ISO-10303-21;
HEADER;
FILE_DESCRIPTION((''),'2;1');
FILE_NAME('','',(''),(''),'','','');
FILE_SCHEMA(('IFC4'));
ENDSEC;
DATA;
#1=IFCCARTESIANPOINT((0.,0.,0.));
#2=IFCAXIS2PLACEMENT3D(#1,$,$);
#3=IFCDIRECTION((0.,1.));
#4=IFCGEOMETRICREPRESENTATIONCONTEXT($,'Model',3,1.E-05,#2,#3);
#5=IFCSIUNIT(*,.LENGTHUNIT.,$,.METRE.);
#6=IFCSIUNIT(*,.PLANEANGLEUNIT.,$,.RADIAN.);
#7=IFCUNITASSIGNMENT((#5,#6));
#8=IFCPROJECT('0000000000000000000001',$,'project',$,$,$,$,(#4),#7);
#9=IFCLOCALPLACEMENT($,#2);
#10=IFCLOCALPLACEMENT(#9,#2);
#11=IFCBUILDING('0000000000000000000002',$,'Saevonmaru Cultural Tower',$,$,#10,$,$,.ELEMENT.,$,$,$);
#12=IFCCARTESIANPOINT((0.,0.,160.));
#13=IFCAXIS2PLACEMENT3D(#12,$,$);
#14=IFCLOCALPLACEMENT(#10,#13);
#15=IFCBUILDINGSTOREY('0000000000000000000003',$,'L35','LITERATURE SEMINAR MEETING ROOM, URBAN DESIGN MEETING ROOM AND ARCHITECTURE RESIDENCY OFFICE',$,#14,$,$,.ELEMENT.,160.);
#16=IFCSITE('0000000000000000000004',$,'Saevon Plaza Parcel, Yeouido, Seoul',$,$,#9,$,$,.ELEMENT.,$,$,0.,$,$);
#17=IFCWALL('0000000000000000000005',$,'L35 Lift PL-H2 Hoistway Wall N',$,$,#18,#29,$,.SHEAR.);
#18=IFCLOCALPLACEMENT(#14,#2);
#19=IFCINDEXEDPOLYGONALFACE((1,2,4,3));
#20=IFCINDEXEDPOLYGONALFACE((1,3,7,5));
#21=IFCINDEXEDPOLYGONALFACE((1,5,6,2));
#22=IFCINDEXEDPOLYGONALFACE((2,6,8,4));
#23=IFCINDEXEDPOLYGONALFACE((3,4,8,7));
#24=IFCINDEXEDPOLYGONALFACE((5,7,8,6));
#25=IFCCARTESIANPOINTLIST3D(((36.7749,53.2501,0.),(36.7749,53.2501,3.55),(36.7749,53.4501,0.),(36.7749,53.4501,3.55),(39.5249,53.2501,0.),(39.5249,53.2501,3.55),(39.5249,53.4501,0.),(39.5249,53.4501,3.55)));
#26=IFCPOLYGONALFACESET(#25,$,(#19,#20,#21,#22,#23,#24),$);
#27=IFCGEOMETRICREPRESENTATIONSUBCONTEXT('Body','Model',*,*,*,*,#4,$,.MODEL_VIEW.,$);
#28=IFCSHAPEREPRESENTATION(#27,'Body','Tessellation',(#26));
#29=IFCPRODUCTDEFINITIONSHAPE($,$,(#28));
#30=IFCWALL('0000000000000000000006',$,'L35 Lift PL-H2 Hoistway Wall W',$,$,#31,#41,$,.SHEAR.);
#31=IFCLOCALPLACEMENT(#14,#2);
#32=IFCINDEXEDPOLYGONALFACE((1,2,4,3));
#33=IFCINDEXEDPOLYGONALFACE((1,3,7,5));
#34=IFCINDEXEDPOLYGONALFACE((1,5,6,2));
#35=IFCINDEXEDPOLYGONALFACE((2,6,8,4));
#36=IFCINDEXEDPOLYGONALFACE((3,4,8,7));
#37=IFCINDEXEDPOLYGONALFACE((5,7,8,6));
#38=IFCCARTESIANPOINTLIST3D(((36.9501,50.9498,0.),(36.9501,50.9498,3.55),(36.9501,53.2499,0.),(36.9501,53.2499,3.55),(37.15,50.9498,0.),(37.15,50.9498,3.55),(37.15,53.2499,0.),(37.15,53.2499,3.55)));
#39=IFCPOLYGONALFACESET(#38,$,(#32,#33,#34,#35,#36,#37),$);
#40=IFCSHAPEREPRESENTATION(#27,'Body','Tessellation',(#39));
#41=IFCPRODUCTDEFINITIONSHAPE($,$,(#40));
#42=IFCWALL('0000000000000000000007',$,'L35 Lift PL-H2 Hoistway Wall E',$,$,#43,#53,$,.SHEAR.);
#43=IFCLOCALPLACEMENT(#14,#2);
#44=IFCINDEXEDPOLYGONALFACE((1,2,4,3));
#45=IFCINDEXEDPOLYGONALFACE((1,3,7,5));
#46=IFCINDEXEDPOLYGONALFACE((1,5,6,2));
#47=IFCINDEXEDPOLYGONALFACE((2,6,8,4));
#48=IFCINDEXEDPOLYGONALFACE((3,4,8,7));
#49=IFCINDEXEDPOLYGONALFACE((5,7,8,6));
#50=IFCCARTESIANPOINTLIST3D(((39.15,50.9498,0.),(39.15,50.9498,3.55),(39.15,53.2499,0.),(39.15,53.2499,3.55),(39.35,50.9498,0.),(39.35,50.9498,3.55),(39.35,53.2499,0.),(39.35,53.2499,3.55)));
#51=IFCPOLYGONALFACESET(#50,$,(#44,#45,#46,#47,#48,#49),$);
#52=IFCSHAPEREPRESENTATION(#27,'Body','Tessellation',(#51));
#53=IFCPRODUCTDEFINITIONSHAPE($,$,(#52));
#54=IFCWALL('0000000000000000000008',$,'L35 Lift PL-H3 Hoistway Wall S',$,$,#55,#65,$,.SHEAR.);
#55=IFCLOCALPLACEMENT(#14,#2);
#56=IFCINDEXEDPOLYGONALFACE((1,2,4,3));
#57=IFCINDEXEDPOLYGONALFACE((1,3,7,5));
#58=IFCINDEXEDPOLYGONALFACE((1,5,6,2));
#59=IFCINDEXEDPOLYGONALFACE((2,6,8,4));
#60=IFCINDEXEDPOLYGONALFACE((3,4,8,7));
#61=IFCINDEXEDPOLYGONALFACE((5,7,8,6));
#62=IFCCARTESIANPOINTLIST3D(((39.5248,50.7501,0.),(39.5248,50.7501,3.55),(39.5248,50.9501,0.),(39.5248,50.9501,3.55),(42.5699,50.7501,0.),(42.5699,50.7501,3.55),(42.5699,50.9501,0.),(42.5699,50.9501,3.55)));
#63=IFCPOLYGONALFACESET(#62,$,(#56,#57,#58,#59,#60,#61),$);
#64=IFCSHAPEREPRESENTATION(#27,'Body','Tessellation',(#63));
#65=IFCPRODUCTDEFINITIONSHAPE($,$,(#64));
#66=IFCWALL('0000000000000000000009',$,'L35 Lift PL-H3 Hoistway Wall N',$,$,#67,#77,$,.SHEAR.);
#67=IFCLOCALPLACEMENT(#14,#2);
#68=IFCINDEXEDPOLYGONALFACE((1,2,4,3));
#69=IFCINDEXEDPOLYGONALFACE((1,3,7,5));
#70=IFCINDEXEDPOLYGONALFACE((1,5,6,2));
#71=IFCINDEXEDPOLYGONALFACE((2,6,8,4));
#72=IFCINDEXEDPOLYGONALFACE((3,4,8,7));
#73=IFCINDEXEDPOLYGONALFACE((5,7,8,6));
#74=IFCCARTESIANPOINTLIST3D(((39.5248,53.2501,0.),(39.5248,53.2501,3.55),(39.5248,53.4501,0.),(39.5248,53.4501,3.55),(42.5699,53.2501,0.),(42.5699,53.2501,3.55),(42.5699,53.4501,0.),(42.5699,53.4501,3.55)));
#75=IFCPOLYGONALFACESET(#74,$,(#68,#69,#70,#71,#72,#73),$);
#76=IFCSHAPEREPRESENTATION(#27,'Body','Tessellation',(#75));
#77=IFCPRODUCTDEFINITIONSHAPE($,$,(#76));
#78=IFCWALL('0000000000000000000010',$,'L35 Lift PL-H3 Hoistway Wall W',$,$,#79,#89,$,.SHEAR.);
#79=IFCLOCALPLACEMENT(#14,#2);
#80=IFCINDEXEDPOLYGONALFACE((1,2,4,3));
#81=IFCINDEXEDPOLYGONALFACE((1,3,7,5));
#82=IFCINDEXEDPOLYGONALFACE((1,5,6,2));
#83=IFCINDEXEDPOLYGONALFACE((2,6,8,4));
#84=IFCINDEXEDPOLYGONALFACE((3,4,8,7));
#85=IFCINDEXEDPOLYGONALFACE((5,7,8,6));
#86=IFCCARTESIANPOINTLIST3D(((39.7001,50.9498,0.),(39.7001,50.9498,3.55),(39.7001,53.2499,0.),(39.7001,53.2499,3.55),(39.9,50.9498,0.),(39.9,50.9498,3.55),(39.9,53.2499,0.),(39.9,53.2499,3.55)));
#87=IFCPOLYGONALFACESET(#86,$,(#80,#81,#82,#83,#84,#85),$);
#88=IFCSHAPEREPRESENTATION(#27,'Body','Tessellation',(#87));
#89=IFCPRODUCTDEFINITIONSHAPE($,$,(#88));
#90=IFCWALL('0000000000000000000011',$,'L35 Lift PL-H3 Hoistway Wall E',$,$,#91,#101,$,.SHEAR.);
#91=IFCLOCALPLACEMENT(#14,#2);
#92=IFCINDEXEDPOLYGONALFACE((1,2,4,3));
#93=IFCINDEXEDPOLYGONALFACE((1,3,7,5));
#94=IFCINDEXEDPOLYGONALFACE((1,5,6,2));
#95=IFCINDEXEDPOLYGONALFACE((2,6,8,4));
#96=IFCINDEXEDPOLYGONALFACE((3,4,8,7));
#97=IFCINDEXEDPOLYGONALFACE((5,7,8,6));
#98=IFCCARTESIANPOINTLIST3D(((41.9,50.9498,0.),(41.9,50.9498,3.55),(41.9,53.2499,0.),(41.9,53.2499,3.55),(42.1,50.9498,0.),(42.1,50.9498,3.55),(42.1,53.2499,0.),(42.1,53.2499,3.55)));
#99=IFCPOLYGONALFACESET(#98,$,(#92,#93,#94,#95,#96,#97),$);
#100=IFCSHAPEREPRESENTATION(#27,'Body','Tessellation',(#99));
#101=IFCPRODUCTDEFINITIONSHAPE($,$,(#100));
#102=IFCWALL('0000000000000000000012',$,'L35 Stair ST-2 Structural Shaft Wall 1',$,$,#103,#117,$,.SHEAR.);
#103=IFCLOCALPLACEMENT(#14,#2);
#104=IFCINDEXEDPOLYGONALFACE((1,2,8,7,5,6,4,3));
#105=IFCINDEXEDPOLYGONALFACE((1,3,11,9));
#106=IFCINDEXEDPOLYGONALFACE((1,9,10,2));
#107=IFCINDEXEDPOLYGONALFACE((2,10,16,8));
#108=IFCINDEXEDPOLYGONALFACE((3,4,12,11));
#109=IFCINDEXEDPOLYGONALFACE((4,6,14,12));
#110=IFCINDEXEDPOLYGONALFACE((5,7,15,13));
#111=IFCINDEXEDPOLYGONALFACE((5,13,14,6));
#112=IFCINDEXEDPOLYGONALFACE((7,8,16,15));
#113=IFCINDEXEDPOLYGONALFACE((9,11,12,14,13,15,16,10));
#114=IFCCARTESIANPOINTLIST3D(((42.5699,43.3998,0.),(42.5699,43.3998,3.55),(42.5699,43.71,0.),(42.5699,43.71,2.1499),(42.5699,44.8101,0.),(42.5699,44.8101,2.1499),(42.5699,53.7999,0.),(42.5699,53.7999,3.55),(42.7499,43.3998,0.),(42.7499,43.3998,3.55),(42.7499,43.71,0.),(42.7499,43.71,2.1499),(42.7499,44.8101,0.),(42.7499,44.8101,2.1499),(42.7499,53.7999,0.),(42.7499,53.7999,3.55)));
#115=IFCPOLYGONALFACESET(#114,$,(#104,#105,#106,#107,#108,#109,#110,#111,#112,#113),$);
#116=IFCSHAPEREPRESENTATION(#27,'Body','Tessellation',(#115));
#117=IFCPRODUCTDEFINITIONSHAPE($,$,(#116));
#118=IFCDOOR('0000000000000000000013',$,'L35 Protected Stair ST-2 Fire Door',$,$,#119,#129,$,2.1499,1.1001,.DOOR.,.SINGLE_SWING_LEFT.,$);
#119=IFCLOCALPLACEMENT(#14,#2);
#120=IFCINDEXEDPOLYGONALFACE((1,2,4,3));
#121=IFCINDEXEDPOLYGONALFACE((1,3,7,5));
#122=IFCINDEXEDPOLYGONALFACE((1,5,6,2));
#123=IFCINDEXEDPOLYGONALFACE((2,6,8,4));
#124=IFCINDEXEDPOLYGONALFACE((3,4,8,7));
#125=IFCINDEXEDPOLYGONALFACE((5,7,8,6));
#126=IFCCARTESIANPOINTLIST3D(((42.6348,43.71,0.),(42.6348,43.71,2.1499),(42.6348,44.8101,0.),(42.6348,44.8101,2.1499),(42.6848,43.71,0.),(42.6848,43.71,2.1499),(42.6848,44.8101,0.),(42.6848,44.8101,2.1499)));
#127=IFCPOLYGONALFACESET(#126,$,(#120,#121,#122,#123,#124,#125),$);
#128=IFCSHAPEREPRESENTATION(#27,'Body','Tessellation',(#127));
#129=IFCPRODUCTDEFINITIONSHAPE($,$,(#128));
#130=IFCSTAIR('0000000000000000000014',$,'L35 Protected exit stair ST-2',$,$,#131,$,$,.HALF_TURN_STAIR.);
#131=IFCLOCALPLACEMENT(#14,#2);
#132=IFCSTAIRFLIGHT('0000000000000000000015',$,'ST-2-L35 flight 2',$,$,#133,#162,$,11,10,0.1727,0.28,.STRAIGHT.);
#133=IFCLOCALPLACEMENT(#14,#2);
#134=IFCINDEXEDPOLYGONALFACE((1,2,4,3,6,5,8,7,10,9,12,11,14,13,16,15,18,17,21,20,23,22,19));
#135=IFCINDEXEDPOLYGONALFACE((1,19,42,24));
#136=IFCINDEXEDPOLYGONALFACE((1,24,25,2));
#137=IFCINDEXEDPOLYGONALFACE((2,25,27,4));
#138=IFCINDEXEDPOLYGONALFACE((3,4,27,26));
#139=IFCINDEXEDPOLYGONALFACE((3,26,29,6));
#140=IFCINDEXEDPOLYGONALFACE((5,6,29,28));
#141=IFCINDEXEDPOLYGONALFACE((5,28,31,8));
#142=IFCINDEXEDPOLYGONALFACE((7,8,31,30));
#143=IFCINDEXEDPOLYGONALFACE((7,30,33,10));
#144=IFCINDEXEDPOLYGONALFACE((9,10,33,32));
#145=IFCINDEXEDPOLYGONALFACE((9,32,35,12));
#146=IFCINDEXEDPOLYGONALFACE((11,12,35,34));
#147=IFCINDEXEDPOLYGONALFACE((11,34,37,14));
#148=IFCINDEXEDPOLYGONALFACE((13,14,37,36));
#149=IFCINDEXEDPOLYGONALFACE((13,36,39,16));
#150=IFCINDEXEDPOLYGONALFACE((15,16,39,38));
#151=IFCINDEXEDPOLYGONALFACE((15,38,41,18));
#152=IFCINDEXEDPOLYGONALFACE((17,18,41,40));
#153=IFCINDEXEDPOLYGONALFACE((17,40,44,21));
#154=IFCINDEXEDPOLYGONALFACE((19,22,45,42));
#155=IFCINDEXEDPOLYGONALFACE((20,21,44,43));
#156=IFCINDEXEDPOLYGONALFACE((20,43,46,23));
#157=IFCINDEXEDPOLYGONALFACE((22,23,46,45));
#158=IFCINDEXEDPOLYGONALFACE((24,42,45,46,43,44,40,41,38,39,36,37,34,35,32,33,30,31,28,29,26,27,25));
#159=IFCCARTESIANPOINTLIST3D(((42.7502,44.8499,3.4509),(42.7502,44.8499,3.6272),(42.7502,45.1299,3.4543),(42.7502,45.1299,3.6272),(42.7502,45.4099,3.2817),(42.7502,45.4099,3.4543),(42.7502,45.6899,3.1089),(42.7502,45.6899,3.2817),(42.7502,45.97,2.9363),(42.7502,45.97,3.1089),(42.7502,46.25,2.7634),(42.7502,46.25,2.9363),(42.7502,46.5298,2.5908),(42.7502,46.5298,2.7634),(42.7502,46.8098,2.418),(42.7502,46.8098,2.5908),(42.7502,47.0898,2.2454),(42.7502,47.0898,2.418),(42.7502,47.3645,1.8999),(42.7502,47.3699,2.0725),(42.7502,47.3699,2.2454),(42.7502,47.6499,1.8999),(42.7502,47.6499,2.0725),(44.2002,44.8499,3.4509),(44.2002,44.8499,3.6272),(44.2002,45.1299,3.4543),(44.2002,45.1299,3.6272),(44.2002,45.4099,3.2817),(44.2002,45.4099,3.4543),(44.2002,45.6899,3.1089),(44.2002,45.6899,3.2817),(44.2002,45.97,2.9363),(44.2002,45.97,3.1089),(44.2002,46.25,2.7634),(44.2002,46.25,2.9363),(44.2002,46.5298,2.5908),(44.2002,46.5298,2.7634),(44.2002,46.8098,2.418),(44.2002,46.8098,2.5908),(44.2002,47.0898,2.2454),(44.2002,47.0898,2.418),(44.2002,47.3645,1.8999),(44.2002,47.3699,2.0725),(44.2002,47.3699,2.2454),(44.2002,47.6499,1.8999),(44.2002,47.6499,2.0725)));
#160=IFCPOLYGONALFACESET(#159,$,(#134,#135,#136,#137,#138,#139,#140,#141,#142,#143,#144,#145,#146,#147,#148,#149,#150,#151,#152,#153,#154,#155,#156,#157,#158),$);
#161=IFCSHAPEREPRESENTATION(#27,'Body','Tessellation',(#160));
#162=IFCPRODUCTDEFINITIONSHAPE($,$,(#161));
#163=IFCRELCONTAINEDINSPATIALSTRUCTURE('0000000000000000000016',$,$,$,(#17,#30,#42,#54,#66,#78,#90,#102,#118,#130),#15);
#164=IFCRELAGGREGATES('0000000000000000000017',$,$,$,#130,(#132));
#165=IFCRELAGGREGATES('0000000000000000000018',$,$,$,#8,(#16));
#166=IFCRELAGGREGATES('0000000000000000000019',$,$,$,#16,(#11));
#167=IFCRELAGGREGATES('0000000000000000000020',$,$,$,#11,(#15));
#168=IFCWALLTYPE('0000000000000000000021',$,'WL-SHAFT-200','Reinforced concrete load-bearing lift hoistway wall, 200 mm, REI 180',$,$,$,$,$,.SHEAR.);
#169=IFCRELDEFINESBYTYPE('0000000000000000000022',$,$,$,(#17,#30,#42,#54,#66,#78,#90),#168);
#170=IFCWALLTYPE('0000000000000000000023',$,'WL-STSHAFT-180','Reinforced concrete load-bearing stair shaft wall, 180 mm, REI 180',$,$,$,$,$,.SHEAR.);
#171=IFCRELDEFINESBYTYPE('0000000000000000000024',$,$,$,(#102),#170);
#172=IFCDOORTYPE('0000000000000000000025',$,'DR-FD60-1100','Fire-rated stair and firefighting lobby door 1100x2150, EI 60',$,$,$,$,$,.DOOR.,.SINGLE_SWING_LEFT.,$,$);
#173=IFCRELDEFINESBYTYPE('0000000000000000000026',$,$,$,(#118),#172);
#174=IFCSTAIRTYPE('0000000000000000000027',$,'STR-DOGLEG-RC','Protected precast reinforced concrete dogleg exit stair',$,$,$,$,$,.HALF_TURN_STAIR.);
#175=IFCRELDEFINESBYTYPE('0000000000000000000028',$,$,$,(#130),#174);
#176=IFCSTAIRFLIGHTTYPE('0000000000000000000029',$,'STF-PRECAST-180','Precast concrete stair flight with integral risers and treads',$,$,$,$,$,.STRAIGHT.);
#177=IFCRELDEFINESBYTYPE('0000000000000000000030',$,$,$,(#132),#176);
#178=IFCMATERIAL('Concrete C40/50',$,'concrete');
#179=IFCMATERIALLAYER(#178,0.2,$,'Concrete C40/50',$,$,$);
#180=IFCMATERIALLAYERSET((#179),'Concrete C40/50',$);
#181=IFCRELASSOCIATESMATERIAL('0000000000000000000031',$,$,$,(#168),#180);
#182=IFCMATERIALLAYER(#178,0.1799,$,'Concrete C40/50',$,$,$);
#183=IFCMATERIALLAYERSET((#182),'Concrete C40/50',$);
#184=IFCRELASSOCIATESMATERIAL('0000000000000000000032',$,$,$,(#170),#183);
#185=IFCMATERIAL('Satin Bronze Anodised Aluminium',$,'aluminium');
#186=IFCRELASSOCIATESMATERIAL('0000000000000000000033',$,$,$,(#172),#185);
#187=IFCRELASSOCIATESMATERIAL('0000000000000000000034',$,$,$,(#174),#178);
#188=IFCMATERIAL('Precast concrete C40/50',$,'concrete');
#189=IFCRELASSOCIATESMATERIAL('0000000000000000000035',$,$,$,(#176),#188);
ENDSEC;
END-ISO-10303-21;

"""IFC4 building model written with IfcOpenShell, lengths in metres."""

from ifc_helpers import new_model, si_unit, direction, frame, frame_2d, origin, place, context, subcontext, project, spatial, polyline, rectangle, outline, extrude, material, layer, layer_set, type_object, element, fill, aggregate, save


model = new_model("IFC4")

# Units and contexts
model_context = context("Model", 3, precision=1e-05, world=origin(), true_north=direction((0.0, 1.0)))
body_context = subcontext(model_context, "Body", "Model", "MODEL_VIEW")
ifc_project = project(units=[si_unit("LENGTHUNIT", "METRE"), si_unit("PLANEANGLEUNIT", "RADIAN")], contexts=[model_context])

# Site, building, storey
site_placement = place(None, origin())
site = spatial("IfcSite", under=ifc_project, at=site_placement, Name="Saevon Plaza Parcel, Yeouido, Seoul", CompositionType="ELEMENT", RefElevation=0.0)
building_placement = place(site_placement, origin())
building = spatial("IfcBuilding", under=site, at=building_placement, Name="Saevonmaru Cultural Tower", CompositionType="ELEMENT")
storey_placement = place(building_placement, frame((0.0, 0.0, 160.0)))
storey = spatial("IfcBuildingStorey", under=building, at=storey_placement, Name="L35", Description="LITERATURE SEMINAR MEETING ROOM, URBAN DESIGN MEETING ROOM AND ARCHITECTURE RESIDENCY OFFICE", CompositionType="ELEMENT", Elevation=160.0)

# Shared definitions
ifc_material_1 = material(Name="Satin Bronze Anodised Aluminium", Category="aluminium")

# Walls
ifc_material_2 = material(Name="Concrete C40/50", Category="concrete")
ifc_layer_1 = layer(ifc_material_2, 0.2, Name="Concrete C40/50")
ifc_layer_set_1 = layer_set([ifc_layer_1], Name="Concrete C40/50")
wall_type_1 = type_object("IfcWallType", Name="WL-SHAFT-200", Description="Reinforced concrete load-bearing lift hoistway wall, 200 mm, REI 180", PredefinedType="SHEAR", material=ifc_layer_set_1)
for number, where, z_axis, x_axis, name in (
    (1, (36.7749, 53.3501, 0.0), (0.0, 0.0, 1.0), (1.0, 0.0, 0.0), "L35 Lift PL-H2 Hoistway Wall N"),
):
    element("IfcWall", number, at=place(storey_placement, frame(where, z_axis=z_axis, x_axis=x_axis)), inside=storey, type_object=wall_type_1, Name=name, PredefinedType="SHEAR", context=body_context, shape_type="SweptSolid", body=[
        extrude(rectangle(XDim=2.75, YDim=0.2, at=frame_2d((1.375, 0.0))), origin(), (0.0, 0.0, 1.0), 3.55),
    ])
for number, where, z_axis, x_axis, name in (
    (2, (37.05, 50.95, 0.0), (0.0, 0.0, 1.0), (0.0, 1.0, 0.0), "L35 Lift PL-H2 Hoistway Wall W"),
    (3, (39.25, 50.95, 0.0), (0.0, 0.0, 1.0), (0.0, 1.0, 0.0), "L35 Lift PL-H2 Hoistway Wall E"),
):
    element("IfcWall", number, at=place(storey_placement, frame(where, z_axis=z_axis, x_axis=x_axis)), inside=storey, type_object=wall_type_1, Name=name, PredefinedType="SHEAR", context=body_context, shape_type="SweptSolid", body=[
        extrude(rectangle(XDim=2.3, YDim=0.2, at=frame_2d((1.1499, 0.0))), origin(), (0.0, 0.0, 1.0), 3.55),
    ])
for number, where, z_axis, x_axis, name in (
    (4, (39.5249, 50.8501, 0.0), (0.0, 0.0, 1.0), (1.0, 0.0, 0.0), "L35 Lift PL-H3 Hoistway Wall S"),
    (5, (39.5249, 53.3501, 0.0), (0.0, 0.0, 1.0), (1.0, 0.0, 0.0), "L35 Lift PL-H3 Hoistway Wall N"),
):
    element("IfcWall", number, at=place(storey_placement, frame(where, z_axis=z_axis, x_axis=x_axis)), inside=storey, type_object=wall_type_1, Name=name, PredefinedType="SHEAR", context=body_context, shape_type="SweptSolid", body=[
        extrude(rectangle(XDim=3.0452, YDim=0.2, at=frame_2d((1.5225, 0.0))), origin(), (0.0, 0.0, 1.0), 3.55),
    ])
for number, where, z_axis, x_axis, name in (
    (6, (39.8, 50.95, 0.0), (0.0, 0.0, 1.0), (0.0, 1.0, 0.0), "L35 Lift PL-H3 Hoistway Wall W"),
    (7, (42.0, 50.95, 0.0), (0.0, 0.0, 1.0), (0.0, 1.0, 0.0), "L35 Lift PL-H3 Hoistway Wall E"),
):
    element("IfcWall", number, at=place(storey_placement, frame(where, z_axis=z_axis, x_axis=x_axis)), inside=storey, type_object=wall_type_1, Name=name, PredefinedType="SHEAR", context=body_context, shape_type="SweptSolid", body=[
        extrude(rectangle(XDim=2.3, YDim=0.2, at=frame_2d((1.1499, 0.0))), origin(), (0.0, 0.0, 1.0), 3.55),
    ])

# Wall, opening, door
ifc_layer_2 = layer(ifc_material_2, 0.1799, Name="Concrete C40/50")
ifc_layer_set_2 = layer_set([ifc_layer_2], Name="Concrete C40/50")
wall_type_2 = type_object("IfcWallType", Name="WL-STSHAFT-180", Description="Reinforced concrete load-bearing stair shaft wall, 180 mm, REI 180", PredefinedType="SHEAR", material=ifc_layer_set_2)
wall_1_placement = place(storey_placement, frame((42.6599, 53.8, 0.0), z_axis=(0.0, 0.0, 1.0), x_axis=(0.0, -1.0, 0.0)))
wall_1 = element("IfcWall", 8, at=wall_1_placement, inside=storey, type_object=wall_type_2, Name="L35 Stair ST-2 Structural Shaft Wall 1", PredefinedType="SHEAR", context=body_context, shape_type="SweptSolid", body=[
    extrude(rectangle(XDim=10.4001, YDim=0.1799, at=frame_2d((5.2002, 0.0))), origin(), (0.0, 0.0, 1.0), 3.55),
])
opening_placement = place(wall_1_placement, frame((8.99, 0.0, 0.0)))
opening = element("IfcOpeningElement", 9, at=opening_placement, cuts=wall_1, PredefinedType="OPENING", context=body_context, shape_type="SweptSolid", body=[
    extrude(rectangle(XDim=1.1001, YDim=2.1499, at=frame_2d((0.55, 1.075))), frame((0.0, 0.1001, 0.0), z_axis=(0.0, -1.0, 0.0), x_axis=(1.0, 0.0, 0.0)), (0.0, 0.0, 1.0), 0.2),
])
door_type = type_object("IfcDoorType", Name="DR-FD60-1100", Description="Fire-rated stair and firefighting lobby door 1100x2150, EI 60", OperationType="SINGLE_SWING_LEFT", PredefinedType="DOOR", material=ifc_material_1)
door_placement = place(opening_placement, origin())
door = element("IfcDoor", 10, at=door_placement, inside=storey, type_object=door_type, Name="L35 Protected Stair ST-2 Fire Door", OperationType="SINGLE_SWING_LEFT", OverallHeight=2.1499, OverallWidth=1.1001, PredefinedType="DOOR", context=body_context, shape_type="SweptSolid", body=[
    extrude(rectangle(XDim=1.1001, YDim=2.1499, at=frame_2d((0.55, 1.075))), frame((0.0, 0.0249, 0.0), z_axis=(0.0, -1.0, 0.0), x_axis=(1.0, 0.0, 0.0)), (0.0, 0.0, 1.0), 0.05),
])
fill(opening, door)

# Stair, stair flight
stair_type = type_object("IfcStairType", Name="STR-DOGLEG-RC", Description="Protected precast reinforced concrete dogleg exit stair", PredefinedType="HALF_TURN_STAIR", material=ifc_material_2)
stair_placement = place(storey_placement, origin())
stair = element("IfcStair", 11, at=stair_placement, inside=storey, type_object=stair_type, Name="L35 Protected exit stair ST-2", PredefinedType="HALF_TURN_STAIR")
ifc_material_3 = material(Name="Precast concrete C40/50", Category="concrete")
stair_flight_type = type_object("IfcStairFlightType", Name="STF-PRECAST-180", Description="Precast concrete stair flight with integral risers and treads", PredefinedType="STRAIGHT", material=ifc_material_3)
stair_flight_placement = place(storey_placement, frame((43.4751, 47.6499, 1.8999), z_axis=(0.0, 0.0, 1.0), x_axis=(0.0, -1.0, 0.0)))
stair_flight = element("IfcStairFlight", 12, at=stair_flight_placement, type_object=stair_flight_type, Name="ST-2-L35 flight 2", NumberOfRisers=11, NumberOfTreads=10, PredefinedType="STRAIGHT", RiserHeight=0.1727, TreadLength=0.28, context=body_context, shape_type="SweptSolid", body=[
    extrude(outline(polyline([(0.0, 0.0), (0.0, 0.1726), (0.28, 0.1726), (0.28, 0.3455), (0.5601, 0.3455), (0.5601, 0.5181), (0.8401, 0.5181), (0.8401, 0.6909), (1.1201, 0.6909), (1.1201, 0.8635), (1.3999, 0.8635), (1.3999, 1.0364), (1.6799, 1.0364), (1.6799, 1.209), (1.96, 1.209), (1.96, 1.3818), (2.24, 1.3818), (2.24, 1.5544), (2.52, 1.5544), (2.52, 1.7273), (2.8, 1.7273), (2.8, 1.8999), (2.8, 1.551), (0.2854, 0.0), (0.0, 0.0)])), frame((0.0, 0.7251, 0.0), z_axis=(0.0, -1.0, 0.0), x_axis=(1.0, 0.0, 0.0)), (0.0, 0.0, 1.0), 1.45),
])
aggregate(stair, [stair_flight])

save(model, "model.ifc")
